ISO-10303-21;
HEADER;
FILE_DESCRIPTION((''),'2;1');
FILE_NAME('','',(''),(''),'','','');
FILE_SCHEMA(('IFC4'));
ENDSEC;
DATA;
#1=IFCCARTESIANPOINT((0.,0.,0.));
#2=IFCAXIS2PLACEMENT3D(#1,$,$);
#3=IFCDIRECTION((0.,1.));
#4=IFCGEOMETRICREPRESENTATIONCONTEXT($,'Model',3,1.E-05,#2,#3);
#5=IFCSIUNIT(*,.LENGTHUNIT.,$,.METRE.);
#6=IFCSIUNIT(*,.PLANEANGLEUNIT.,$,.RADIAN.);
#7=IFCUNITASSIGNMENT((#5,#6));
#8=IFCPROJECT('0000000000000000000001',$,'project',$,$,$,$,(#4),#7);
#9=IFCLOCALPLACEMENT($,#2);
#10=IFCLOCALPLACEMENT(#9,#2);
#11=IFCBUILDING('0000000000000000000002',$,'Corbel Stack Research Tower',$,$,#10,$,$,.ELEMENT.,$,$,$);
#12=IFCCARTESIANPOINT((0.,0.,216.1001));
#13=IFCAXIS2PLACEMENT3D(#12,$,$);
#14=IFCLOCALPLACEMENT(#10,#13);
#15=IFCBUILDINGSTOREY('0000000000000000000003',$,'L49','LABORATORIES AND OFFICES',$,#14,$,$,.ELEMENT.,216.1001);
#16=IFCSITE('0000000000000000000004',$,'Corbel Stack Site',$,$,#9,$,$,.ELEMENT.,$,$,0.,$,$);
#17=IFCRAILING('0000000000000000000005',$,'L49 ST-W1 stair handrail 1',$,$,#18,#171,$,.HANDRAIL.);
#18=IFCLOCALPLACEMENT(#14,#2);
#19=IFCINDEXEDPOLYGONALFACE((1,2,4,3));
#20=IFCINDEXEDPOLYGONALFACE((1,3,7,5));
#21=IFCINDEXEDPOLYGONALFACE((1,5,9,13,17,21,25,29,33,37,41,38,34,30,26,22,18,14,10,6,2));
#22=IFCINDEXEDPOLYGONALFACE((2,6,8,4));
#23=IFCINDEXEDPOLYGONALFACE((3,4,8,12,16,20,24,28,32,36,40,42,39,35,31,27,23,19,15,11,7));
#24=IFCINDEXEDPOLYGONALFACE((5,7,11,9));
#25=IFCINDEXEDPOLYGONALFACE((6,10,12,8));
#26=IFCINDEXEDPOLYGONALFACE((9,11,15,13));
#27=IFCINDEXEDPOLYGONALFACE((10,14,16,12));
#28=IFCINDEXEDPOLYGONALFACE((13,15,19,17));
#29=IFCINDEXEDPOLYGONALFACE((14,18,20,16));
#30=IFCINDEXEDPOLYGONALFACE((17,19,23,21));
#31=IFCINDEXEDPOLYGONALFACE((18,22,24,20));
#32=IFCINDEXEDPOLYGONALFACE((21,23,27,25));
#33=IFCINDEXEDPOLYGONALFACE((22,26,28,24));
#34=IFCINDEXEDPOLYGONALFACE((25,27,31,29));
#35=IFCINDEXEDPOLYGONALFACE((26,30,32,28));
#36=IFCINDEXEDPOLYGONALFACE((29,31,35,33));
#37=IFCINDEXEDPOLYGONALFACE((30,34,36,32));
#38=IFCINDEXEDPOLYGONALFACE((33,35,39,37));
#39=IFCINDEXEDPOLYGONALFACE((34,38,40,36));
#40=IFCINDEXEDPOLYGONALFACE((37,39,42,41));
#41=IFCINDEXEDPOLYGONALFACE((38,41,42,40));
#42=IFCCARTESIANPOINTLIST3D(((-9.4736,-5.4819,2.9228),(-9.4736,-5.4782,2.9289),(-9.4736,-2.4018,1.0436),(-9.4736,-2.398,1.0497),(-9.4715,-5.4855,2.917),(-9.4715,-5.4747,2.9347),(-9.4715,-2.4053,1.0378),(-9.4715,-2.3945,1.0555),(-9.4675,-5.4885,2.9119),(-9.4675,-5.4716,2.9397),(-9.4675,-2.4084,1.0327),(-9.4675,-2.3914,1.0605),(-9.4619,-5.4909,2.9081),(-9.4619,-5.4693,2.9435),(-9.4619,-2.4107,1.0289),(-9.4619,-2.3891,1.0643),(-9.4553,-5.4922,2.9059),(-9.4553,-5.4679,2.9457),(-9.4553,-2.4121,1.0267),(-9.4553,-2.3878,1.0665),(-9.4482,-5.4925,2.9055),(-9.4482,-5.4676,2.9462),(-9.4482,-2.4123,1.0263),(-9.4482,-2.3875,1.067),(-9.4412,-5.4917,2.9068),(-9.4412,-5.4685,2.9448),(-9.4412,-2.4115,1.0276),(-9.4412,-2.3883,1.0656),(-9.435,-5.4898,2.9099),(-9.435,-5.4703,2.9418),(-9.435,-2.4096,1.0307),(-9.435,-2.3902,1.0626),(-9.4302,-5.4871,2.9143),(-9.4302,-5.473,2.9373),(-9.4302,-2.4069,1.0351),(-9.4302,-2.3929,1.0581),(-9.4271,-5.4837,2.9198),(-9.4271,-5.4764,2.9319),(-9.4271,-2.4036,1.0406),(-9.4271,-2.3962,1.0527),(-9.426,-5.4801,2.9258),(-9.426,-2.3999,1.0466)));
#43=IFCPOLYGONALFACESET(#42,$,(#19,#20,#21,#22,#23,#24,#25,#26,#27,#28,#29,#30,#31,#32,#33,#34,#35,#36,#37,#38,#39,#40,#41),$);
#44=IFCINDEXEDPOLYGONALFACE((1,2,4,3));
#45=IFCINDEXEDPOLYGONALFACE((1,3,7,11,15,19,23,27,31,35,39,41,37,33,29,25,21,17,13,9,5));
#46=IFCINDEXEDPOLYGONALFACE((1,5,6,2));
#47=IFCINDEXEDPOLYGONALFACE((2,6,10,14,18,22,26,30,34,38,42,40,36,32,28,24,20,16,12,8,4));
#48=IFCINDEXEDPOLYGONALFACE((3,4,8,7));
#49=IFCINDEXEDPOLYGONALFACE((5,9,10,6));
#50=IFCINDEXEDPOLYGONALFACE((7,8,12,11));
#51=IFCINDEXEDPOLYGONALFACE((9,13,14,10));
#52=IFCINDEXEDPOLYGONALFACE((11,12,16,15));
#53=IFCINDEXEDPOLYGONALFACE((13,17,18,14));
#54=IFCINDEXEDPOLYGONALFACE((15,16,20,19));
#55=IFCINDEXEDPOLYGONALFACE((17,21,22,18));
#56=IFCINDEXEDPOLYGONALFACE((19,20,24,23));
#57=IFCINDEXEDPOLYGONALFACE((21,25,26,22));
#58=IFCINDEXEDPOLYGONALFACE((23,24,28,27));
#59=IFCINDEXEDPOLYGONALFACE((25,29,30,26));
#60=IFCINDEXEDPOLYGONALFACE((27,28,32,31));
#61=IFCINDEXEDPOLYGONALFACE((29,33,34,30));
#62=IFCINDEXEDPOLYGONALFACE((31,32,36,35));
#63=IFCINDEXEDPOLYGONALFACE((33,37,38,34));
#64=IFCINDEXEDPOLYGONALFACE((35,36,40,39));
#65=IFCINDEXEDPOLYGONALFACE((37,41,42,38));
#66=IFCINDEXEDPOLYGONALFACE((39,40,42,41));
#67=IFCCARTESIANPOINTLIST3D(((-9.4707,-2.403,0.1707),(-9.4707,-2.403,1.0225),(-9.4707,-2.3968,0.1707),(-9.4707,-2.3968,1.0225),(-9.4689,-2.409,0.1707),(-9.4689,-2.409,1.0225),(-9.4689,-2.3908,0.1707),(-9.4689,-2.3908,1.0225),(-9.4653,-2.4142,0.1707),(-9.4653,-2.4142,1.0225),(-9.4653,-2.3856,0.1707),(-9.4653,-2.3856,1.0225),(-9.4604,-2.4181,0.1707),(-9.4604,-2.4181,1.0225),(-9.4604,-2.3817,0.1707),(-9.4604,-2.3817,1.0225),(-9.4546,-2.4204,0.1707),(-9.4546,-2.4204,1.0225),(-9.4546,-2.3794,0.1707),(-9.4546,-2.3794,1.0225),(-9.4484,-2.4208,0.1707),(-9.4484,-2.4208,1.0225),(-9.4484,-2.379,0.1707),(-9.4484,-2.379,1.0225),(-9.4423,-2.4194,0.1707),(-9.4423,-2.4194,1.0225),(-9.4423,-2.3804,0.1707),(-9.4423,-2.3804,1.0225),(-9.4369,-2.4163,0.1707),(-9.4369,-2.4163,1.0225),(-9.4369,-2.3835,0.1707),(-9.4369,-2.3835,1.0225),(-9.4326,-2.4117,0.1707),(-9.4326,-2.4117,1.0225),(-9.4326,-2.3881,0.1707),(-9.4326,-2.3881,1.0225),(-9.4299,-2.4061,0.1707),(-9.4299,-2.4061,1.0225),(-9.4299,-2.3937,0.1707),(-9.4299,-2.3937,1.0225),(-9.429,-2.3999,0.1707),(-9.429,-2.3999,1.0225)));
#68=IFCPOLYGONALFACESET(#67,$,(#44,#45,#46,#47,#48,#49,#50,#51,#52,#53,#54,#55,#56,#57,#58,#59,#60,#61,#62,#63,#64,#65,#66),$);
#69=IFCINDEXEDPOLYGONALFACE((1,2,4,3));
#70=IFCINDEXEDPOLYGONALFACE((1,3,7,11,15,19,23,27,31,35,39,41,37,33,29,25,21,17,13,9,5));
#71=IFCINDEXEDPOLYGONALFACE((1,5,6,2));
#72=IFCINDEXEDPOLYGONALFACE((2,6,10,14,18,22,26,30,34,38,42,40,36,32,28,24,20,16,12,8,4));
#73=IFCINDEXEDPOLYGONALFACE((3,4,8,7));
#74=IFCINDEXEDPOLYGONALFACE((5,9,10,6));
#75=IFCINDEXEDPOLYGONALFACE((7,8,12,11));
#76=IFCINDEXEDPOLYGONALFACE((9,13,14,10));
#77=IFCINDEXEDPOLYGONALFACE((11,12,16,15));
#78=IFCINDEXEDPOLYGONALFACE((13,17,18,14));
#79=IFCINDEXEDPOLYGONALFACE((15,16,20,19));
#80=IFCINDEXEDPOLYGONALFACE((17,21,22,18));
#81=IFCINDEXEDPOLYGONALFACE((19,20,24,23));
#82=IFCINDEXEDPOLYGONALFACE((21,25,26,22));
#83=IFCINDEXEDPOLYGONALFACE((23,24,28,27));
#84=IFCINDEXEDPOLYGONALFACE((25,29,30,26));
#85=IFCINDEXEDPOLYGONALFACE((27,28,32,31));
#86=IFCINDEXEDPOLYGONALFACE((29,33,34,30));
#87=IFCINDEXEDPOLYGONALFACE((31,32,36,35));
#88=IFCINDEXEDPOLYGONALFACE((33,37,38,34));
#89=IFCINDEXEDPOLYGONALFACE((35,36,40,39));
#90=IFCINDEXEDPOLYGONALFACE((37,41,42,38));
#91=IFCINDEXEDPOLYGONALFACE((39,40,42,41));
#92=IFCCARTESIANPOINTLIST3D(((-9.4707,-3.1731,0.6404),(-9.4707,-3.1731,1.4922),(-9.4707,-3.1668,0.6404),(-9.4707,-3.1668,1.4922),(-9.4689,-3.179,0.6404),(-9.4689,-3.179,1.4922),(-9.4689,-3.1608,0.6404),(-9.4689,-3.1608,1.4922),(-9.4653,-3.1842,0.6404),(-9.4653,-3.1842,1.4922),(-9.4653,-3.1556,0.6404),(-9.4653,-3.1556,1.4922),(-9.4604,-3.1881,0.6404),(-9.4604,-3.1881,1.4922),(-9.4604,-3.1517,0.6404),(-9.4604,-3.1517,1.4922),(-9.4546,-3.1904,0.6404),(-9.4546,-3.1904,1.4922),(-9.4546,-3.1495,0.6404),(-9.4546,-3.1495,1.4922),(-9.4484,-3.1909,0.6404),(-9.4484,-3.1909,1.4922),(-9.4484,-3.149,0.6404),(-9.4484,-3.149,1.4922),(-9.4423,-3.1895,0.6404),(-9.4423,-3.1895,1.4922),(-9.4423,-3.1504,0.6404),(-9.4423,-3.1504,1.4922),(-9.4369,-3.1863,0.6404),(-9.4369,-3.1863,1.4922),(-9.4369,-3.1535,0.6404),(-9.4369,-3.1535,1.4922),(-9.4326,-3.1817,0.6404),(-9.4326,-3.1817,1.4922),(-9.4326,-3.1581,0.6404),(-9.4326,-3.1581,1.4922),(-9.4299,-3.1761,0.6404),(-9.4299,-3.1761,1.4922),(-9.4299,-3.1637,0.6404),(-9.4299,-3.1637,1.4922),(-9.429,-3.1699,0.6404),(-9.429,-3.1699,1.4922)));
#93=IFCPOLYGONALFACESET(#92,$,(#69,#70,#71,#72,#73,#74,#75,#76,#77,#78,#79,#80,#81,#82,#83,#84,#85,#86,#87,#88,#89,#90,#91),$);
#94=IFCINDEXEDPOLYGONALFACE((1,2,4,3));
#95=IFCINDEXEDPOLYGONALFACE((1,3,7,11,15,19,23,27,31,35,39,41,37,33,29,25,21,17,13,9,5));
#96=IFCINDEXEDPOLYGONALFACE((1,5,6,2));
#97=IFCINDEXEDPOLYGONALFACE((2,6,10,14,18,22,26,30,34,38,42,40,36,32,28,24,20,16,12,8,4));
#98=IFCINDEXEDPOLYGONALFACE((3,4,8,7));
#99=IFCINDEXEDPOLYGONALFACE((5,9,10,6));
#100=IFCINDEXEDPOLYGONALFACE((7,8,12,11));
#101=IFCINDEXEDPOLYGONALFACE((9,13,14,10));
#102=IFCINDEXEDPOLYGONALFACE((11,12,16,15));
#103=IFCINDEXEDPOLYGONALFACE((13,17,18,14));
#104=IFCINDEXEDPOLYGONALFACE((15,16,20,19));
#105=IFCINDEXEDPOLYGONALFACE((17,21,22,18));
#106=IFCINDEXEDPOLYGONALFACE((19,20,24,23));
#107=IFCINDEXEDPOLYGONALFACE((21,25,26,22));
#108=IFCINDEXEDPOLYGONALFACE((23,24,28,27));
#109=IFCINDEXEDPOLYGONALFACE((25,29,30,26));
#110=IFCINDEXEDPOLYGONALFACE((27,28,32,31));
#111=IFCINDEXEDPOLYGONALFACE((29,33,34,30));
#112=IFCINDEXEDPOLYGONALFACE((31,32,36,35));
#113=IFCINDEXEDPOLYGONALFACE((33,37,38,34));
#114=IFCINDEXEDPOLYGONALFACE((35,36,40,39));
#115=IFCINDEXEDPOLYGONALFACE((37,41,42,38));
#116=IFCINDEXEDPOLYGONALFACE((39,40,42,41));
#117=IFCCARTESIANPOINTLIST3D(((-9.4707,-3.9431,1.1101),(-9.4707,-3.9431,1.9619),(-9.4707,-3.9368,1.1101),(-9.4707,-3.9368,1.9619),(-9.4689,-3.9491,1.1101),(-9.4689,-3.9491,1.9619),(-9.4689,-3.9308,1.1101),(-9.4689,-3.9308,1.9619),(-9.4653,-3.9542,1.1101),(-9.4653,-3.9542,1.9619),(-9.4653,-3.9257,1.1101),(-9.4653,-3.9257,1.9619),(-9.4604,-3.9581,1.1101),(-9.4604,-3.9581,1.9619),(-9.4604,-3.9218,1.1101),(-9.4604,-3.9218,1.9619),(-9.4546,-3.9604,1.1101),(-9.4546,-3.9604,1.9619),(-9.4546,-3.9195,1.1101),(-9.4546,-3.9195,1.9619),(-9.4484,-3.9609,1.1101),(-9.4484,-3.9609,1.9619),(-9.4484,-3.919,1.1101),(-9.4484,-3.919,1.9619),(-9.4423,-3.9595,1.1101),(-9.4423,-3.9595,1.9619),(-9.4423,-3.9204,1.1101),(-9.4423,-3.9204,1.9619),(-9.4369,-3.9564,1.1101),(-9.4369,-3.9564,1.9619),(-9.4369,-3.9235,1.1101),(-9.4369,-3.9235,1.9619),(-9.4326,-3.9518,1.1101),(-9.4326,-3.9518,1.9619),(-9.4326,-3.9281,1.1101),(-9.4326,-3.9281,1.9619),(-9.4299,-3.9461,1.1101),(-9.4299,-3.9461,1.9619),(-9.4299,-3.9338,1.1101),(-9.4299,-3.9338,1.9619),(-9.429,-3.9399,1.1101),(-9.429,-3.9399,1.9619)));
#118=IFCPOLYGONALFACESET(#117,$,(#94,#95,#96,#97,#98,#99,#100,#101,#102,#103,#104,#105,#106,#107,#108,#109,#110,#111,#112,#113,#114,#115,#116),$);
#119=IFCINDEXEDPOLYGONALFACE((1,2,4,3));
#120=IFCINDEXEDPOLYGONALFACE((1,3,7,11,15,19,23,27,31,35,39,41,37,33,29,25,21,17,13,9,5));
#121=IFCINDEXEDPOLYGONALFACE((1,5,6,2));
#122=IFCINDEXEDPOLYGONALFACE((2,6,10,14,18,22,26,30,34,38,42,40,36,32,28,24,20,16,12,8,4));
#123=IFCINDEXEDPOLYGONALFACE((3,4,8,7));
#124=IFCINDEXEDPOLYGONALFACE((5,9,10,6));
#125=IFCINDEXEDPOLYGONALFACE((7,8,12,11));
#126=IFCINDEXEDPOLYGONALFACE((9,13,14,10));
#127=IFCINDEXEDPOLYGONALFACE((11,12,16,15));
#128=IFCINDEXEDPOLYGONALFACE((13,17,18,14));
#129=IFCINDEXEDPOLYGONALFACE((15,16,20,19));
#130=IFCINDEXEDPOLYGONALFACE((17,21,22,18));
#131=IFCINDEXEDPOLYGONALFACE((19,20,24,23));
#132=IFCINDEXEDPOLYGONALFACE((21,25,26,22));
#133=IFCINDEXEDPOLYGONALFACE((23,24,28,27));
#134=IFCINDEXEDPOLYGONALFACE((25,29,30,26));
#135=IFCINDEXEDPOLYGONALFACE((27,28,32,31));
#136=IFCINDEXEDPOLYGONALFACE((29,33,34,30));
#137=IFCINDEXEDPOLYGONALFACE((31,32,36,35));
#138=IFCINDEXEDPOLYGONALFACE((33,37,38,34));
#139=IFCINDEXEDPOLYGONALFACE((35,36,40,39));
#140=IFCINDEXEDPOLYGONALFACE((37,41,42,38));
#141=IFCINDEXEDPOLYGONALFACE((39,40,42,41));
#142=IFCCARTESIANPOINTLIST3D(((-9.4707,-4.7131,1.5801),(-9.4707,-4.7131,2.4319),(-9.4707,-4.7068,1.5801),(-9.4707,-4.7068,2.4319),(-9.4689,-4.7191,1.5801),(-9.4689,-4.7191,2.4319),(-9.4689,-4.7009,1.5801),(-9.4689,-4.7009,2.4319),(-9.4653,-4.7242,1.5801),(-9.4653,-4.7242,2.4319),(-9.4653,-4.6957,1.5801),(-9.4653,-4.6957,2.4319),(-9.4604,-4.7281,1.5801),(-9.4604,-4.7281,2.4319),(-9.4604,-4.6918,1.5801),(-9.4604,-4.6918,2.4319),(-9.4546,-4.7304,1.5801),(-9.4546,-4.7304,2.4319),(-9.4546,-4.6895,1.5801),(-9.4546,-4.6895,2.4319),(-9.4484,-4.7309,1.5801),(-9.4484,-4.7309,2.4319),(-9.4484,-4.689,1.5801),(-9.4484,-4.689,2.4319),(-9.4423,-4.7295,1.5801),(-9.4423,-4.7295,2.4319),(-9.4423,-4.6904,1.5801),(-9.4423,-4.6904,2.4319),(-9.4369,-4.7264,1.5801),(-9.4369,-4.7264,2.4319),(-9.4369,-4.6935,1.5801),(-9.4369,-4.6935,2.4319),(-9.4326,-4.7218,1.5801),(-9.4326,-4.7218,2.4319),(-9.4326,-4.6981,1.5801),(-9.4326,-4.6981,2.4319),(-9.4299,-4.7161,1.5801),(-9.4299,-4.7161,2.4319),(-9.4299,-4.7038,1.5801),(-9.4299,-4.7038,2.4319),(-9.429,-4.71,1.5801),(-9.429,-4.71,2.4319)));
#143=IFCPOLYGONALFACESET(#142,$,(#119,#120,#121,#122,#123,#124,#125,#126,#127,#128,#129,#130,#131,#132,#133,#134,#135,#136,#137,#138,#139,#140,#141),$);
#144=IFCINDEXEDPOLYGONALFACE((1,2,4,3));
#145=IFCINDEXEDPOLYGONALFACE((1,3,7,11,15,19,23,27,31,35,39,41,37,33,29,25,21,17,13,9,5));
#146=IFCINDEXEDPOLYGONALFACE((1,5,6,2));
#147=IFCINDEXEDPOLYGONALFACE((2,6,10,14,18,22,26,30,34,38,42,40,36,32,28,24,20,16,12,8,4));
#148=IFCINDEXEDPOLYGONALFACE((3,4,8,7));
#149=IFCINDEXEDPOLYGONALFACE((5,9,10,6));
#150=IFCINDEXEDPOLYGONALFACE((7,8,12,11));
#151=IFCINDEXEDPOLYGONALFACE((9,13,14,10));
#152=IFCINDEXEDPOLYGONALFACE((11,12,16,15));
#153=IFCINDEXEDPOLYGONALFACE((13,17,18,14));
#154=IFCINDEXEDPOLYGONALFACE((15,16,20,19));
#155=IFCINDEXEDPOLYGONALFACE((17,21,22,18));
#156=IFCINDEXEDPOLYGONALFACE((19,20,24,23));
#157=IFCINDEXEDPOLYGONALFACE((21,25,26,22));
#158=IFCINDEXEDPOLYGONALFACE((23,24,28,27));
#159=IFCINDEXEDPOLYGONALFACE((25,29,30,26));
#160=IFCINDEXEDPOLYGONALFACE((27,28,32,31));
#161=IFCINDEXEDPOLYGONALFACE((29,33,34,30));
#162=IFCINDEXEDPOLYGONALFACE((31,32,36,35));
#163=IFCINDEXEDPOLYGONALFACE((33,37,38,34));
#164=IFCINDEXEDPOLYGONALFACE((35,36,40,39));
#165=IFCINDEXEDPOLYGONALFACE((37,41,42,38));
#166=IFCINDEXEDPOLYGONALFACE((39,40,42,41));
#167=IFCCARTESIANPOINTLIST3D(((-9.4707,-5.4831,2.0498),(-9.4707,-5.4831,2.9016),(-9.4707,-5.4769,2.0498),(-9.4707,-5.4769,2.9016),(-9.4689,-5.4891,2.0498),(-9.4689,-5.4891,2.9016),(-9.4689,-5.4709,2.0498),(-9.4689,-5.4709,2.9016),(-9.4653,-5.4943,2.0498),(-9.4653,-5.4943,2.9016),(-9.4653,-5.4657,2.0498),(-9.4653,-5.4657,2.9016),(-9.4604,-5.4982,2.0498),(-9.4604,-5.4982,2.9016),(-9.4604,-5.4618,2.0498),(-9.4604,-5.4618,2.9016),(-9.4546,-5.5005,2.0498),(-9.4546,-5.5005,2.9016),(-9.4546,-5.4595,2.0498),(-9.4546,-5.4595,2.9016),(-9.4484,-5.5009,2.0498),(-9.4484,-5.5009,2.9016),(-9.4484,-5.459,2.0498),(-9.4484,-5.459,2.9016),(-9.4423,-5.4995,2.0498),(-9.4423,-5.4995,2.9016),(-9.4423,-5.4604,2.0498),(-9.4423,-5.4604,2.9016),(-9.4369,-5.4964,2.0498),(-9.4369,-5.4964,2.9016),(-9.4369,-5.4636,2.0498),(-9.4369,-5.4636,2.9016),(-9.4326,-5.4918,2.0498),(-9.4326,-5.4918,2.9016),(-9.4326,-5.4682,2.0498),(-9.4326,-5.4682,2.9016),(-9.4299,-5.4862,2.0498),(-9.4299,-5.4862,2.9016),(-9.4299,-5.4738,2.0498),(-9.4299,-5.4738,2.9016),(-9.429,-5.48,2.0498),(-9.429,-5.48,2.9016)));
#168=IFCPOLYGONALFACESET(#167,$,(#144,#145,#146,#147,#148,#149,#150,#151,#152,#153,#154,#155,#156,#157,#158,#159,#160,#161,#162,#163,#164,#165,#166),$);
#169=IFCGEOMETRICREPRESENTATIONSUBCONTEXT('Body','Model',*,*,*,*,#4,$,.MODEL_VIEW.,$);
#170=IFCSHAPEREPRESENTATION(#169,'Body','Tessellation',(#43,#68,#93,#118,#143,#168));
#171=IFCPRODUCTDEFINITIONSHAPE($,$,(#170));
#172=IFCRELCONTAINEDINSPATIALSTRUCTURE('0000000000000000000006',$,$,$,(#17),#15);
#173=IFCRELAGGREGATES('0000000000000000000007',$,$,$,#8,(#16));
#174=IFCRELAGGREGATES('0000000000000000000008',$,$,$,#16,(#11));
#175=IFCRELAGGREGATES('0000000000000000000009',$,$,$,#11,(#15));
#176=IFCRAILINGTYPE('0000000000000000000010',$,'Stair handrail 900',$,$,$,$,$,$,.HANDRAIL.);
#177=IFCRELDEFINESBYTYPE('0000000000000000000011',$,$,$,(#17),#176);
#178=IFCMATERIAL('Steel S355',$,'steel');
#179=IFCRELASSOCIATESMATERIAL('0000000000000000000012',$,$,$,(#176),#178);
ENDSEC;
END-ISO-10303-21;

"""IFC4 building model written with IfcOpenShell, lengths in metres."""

from ifc_helpers import new_model, si_unit, direction, frame, origin, origin_2d, place, context, subcontext, project, spatial, circle, extrude, material, type_object, element, save


model = new_model("IFC4")

# Units and contexts
model_context = context("Model", 3, precision=1e-05, world=origin(), true_north=direction((0.0, 1.0)))
body_context = subcontext(model_context, "Body", "Model", "MODEL_VIEW")
ifc_project = project(units=[si_unit("LENGTHUNIT", "METRE"), si_unit("PLANEANGLEUNIT", "RADIAN")], contexts=[model_context])

# Site, building, storey
site_placement = place(None, origin())
site = spatial("IfcSite", under=ifc_project, at=site_placement, Name="Corbel Stack Site", CompositionType="ELEMENT", RefElevation=0.0)
building_placement = place(site_placement, origin())
building = spatial("IfcBuilding", under=site, at=building_placement, Name="Corbel Stack Research Tower", CompositionType="ELEMENT")
storey_placement = place(building_placement, frame((0.0, 0.0, 216.1001)))
storey = spatial("IfcBuildingStorey", under=building, at=storey_placement, Name="L49", Description="LABORATORIES AND OFFICES", CompositionType="ELEMENT", Elevation=216.1001)

# Railing
ifc_material_1 = material(Name="Steel S355", Category="steel")
railing_type_1 = type_object("IfcRailingType", Name="Stair handrail 900", PredefinedType="HANDRAIL", material=ifc_material_1)
railing_1_placement = place(storey_placement, frame((-9.45, -2.3999, 0.1707)))
element("IfcRailing", 1, at=railing_1_placement, inside=storey, type_object=railing_type_1, Name="L49 ST-W1 stair handrail 1", PredefinedType="HANDRAIL", context=body_context, shape_type="SweptSolid", body=[
    extrude(circle(Radius=0.0239, at=origin_2d()), frame((0.0, 0.0, 0.876), z_axis=(0.0, -0.853666, 0.52082), x_axis=(1.0, 0.0, 0.0)), (0.0, 0.0, 1.0), 3.6082),
    extrude(circle(Radius=0.021, at=origin_2d()), origin(), (0.0, 0.0, 1.0), 0.8518),
    extrude(circle(Radius=0.021, at=origin_2d()), frame((0.0, -0.77, 0.4697)), (0.0, 0.0, 1.0), 0.8518),
    extrude(circle(Radius=0.021, at=origin_2d()), frame((0.0, -1.54, 0.9395)), (0.0, 0.0, 1.0), 0.8518),
    extrude(circle(Radius=0.021, at=origin_2d()), frame((0.0, -2.3101, 1.4094)), (0.0, 0.0, 1.0), 0.8518),
    extrude(circle(Radius=0.021, at=origin_2d()), frame((0.0, -3.0801, 1.8792)), (0.0, 0.0, 1.0), 0.8518),
])

save(model, "model.ifc")
